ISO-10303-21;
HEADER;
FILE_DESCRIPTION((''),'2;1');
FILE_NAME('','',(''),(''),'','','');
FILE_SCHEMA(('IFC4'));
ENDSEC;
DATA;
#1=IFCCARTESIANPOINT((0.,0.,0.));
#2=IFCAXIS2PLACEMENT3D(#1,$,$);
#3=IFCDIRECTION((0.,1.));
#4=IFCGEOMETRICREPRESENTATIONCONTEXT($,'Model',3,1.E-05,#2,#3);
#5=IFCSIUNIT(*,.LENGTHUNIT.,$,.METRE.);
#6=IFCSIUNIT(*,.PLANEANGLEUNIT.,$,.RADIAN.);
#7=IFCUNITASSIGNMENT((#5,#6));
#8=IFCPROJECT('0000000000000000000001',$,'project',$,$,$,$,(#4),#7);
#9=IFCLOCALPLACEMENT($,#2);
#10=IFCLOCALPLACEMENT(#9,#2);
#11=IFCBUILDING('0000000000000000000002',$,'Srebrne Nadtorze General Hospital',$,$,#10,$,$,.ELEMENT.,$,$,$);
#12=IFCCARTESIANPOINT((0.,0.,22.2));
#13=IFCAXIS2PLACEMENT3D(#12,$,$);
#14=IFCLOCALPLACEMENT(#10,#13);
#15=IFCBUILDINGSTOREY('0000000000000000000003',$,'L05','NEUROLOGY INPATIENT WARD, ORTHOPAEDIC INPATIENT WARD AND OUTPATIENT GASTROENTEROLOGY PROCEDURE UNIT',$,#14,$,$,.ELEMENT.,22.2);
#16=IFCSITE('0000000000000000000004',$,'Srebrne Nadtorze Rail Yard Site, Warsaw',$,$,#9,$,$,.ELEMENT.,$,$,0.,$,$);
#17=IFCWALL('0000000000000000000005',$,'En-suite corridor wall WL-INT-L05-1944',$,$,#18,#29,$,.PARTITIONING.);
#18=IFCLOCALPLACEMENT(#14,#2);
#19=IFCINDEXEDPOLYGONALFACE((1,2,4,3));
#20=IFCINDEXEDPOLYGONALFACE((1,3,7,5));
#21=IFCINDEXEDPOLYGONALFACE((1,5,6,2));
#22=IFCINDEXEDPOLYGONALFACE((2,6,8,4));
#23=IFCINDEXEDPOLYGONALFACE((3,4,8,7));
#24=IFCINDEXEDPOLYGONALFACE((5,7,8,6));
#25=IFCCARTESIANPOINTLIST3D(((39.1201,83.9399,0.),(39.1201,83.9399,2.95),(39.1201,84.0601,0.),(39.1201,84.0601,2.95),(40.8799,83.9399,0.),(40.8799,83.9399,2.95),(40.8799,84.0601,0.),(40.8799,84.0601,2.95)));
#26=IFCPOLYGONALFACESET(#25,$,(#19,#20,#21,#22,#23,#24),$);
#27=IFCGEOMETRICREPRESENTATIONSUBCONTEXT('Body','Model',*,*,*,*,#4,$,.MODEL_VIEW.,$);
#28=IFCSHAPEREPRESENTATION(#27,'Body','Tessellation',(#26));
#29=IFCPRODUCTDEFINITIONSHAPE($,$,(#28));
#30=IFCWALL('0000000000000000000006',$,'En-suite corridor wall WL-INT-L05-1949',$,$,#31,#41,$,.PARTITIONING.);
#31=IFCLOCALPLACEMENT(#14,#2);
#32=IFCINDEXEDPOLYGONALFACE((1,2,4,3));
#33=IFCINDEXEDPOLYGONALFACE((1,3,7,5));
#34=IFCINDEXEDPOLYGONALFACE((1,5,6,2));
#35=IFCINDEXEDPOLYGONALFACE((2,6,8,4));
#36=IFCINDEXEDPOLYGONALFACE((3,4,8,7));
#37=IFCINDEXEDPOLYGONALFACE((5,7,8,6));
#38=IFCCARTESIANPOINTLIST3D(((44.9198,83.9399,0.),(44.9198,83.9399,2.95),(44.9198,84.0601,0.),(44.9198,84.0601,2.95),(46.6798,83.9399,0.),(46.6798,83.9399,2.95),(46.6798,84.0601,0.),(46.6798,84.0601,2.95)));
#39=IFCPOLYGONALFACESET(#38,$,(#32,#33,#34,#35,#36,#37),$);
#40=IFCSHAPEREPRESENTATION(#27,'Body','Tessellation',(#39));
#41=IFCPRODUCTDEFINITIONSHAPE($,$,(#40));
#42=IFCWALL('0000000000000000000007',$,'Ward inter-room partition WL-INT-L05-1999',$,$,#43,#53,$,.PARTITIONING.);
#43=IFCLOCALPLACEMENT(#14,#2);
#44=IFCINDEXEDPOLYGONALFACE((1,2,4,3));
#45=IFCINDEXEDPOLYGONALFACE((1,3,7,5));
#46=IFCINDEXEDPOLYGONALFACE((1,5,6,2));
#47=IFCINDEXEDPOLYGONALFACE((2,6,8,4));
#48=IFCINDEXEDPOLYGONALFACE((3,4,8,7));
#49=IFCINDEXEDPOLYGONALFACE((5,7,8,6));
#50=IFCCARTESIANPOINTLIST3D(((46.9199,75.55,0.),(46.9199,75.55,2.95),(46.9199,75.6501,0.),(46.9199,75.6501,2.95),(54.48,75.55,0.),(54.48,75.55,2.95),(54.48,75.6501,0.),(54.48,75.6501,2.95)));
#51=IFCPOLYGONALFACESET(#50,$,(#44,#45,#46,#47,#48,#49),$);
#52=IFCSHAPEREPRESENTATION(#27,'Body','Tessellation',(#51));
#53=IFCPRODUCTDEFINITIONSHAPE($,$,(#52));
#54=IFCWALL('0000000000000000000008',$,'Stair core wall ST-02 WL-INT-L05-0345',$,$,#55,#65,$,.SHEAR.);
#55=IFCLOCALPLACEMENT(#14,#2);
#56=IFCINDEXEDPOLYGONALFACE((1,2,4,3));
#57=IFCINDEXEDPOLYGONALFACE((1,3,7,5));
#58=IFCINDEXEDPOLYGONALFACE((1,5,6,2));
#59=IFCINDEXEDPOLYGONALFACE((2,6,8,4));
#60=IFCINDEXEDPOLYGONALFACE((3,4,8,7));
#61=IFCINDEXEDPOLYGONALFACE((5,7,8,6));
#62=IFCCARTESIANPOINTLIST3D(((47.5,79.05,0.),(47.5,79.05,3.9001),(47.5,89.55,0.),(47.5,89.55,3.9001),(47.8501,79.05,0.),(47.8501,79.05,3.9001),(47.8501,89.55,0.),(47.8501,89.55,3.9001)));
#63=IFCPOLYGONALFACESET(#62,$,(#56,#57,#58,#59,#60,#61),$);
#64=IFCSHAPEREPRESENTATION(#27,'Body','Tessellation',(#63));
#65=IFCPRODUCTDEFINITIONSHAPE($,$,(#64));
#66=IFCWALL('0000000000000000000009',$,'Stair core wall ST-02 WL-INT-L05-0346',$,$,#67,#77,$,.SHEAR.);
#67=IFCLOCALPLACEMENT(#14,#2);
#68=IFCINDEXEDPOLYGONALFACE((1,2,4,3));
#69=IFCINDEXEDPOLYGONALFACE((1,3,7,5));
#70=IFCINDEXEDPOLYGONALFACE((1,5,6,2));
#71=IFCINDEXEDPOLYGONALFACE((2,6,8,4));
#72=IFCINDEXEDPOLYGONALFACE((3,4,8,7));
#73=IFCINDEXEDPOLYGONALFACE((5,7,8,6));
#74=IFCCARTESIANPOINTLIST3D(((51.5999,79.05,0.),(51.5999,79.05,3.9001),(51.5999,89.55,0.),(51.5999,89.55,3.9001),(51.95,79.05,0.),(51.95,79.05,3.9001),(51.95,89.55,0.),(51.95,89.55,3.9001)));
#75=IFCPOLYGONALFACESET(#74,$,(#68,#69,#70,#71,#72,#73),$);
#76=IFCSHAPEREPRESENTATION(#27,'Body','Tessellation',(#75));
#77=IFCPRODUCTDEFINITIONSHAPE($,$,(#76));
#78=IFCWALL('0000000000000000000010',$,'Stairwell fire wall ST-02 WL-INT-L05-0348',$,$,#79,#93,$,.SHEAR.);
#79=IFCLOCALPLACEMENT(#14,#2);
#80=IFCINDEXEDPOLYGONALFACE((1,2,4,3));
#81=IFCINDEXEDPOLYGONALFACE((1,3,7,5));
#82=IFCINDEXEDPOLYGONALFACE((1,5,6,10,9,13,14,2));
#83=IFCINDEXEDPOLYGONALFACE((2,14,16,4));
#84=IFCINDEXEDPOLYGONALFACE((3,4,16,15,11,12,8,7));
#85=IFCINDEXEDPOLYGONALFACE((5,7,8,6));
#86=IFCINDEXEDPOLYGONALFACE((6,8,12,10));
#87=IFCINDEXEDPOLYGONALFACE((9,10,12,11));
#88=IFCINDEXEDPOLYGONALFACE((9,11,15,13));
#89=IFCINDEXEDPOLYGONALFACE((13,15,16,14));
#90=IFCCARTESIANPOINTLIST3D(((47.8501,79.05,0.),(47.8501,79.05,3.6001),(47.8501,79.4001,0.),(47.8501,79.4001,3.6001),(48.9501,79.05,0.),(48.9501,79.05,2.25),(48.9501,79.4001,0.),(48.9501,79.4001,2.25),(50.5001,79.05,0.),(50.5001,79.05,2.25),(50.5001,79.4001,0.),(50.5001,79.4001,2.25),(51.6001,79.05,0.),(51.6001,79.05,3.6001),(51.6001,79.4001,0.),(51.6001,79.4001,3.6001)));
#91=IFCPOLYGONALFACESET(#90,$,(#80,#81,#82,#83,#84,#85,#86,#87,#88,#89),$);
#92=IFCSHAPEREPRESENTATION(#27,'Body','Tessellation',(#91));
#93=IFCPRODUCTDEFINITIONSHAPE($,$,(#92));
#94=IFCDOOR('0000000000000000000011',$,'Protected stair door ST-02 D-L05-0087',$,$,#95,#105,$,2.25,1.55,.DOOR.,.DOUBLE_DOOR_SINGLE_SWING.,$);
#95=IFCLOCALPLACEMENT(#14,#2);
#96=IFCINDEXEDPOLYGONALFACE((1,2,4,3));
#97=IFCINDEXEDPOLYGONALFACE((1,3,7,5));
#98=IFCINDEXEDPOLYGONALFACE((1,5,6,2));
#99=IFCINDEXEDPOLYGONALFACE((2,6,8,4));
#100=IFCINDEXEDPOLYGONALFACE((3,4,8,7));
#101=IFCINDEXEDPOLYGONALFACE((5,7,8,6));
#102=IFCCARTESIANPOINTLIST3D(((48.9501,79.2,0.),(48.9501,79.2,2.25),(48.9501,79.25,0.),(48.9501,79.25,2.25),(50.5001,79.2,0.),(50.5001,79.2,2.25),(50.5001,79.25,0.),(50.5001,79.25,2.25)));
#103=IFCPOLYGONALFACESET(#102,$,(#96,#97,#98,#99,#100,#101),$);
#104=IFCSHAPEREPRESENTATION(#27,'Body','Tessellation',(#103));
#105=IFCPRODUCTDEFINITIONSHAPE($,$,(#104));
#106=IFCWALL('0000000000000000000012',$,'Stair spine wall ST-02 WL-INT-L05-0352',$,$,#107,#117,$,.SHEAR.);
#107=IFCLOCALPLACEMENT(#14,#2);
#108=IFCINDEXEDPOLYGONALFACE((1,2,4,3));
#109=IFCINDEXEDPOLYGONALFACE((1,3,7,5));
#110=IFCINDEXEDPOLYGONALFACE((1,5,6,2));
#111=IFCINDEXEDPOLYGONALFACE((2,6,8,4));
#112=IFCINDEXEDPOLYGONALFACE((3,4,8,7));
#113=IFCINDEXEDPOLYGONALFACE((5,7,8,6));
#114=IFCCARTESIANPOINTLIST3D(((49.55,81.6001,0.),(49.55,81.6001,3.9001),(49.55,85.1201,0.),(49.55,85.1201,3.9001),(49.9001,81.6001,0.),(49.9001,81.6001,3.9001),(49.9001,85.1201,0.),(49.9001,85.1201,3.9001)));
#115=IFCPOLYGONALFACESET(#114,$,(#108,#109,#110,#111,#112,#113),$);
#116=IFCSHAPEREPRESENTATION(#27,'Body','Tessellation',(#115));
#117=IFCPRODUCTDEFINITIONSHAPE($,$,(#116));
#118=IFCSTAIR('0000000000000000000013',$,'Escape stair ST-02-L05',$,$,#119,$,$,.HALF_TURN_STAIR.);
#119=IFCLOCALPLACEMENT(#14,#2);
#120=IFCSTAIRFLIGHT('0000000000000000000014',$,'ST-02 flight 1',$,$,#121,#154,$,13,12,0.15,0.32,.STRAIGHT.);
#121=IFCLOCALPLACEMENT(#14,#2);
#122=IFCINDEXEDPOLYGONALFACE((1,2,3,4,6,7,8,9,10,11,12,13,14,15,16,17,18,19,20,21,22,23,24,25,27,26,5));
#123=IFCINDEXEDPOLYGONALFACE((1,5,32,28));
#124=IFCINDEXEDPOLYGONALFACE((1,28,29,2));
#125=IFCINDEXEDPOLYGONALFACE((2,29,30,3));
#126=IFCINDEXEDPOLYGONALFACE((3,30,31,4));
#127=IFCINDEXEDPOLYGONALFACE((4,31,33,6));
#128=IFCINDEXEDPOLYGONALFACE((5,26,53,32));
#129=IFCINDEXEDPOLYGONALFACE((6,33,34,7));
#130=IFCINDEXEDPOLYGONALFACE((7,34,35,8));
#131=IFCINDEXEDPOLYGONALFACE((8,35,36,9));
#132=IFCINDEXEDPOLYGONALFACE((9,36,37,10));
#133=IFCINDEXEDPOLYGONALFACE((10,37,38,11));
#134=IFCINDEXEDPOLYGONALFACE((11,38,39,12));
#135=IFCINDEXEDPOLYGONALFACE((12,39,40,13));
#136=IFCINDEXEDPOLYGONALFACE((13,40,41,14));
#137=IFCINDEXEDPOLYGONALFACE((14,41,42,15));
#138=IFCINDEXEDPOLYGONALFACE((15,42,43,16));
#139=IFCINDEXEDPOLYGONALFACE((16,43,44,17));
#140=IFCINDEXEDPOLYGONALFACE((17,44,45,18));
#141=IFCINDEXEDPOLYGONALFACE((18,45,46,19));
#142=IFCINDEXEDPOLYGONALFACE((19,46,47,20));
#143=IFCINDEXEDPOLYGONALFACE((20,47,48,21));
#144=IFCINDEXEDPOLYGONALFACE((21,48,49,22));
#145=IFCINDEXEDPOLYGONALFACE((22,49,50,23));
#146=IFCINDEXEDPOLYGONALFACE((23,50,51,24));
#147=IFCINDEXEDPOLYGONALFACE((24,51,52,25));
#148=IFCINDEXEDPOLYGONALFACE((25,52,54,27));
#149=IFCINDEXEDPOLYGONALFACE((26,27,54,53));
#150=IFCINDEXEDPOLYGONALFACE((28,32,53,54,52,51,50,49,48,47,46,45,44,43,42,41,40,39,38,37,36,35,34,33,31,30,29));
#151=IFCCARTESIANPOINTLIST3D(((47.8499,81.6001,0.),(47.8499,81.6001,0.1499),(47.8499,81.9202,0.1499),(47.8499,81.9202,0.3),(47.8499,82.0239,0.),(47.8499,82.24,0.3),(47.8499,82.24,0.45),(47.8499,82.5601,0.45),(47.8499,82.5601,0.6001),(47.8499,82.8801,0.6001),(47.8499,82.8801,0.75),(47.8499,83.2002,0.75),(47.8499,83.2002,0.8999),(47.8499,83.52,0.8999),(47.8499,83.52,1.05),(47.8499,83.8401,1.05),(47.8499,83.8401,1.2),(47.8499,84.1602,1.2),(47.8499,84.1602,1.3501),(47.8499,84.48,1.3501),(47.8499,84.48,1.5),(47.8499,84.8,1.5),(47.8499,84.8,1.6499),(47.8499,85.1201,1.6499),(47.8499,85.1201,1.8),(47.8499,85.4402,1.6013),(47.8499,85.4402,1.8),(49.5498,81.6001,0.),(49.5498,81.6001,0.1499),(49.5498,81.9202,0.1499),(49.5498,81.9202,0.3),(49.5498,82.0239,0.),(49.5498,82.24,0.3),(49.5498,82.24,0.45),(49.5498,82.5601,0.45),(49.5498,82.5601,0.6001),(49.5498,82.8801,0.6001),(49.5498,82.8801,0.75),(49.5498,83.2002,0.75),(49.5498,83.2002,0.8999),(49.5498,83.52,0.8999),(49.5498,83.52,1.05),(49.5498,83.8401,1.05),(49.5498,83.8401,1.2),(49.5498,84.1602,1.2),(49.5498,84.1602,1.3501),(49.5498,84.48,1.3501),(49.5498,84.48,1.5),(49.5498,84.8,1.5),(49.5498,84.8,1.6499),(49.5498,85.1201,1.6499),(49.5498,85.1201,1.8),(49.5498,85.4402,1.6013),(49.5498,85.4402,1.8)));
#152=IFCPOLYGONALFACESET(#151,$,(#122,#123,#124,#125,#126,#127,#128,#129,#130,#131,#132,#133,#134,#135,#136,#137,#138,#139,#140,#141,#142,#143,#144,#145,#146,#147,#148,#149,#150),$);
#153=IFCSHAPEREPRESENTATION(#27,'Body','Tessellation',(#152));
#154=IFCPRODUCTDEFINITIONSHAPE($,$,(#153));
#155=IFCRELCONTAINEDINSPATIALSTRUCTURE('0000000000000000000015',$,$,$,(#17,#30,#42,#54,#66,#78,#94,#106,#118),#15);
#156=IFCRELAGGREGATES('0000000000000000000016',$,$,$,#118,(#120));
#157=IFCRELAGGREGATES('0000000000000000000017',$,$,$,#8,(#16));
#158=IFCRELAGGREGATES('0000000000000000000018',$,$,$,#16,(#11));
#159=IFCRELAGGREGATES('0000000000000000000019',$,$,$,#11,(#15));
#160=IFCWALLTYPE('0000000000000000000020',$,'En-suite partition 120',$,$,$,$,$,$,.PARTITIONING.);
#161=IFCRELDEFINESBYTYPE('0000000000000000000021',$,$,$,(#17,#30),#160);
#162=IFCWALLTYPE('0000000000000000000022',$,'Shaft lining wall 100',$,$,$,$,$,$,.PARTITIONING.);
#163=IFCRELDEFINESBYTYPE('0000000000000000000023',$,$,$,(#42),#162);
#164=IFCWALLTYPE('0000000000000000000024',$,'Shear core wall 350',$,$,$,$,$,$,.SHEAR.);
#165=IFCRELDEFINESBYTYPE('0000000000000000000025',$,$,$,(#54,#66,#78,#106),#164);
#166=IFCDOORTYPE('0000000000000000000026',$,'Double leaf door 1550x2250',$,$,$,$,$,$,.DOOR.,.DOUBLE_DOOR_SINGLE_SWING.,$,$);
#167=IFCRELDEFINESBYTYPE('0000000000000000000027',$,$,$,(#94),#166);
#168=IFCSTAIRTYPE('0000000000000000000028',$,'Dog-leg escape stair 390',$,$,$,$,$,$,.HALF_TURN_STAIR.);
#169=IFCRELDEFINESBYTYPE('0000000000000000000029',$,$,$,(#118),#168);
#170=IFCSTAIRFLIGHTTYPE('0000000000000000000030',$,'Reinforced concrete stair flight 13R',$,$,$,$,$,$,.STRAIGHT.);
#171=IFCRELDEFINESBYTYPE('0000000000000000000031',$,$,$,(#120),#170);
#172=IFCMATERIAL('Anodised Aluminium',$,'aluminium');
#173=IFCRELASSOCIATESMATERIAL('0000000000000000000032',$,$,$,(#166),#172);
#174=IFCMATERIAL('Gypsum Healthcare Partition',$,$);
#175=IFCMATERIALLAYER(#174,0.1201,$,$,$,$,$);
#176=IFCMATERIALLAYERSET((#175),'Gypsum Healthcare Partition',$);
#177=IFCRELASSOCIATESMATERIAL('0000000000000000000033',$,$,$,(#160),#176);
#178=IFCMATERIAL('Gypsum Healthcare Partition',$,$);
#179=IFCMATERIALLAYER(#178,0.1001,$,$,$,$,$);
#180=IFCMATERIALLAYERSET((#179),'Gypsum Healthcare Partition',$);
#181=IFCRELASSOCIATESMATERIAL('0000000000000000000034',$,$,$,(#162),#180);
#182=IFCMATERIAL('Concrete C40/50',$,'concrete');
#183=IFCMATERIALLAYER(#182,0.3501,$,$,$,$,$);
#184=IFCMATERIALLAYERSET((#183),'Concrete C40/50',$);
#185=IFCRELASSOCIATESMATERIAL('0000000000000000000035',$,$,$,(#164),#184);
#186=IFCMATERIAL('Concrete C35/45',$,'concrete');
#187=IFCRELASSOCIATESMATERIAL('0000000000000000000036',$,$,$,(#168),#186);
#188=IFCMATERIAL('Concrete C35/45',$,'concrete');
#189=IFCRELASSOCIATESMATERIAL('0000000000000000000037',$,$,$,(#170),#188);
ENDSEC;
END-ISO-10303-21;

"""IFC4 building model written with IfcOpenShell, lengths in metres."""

from ifc_helpers import new_model, si_unit, direction, frame, frame_2d, origin, place, context, subcontext, project, spatial, polyline, rectangle, outline, extrude, material, layer, layer_set, type_object, element, fill, aggregate, save


model = new_model("IFC4")

# Units and contexts
model_context = context("Model", 3, precision=1e-05, world=origin(), true_north=direction((0.0, 1.0)))
body_context = subcontext(model_context, "Body", "Model", "MODEL_VIEW")
ifc_project = project(units=[si_unit("LENGTHUNIT", "METRE"), si_unit("PLANEANGLEUNIT", "RADIAN")], contexts=[model_context])

# Site, building, storey
site_placement = place(None, origin())
site = spatial("IfcSite", under=ifc_project, at=site_placement, Name="Srebrne Nadtorze Rail Yard Site, Warsaw", CompositionType="ELEMENT", RefElevation=0.0)
building_placement = place(site_placement, origin())
building = spatial("IfcBuilding", under=site, at=building_placement, Name="Srebrne Nadtorze General Hospital", CompositionType="ELEMENT")
storey_placement = place(building_placement, frame((0.0, 0.0, 22.2)))
storey = spatial("IfcBuildingStorey", under=building, at=storey_placement, Name="L05", Description="NEUROLOGY INPATIENT WARD, ORTHOPAEDIC INPATIENT WARD AND OUTPATIENT GASTROENTEROLOGY PROCEDURE UNIT", CompositionType="ELEMENT", Elevation=22.2)

# Shared definitions
ifc_material_1 = material(Name="Anodised Aluminium", Category="aluminium")
door_type_1 = type_object("IfcDoorType", Name="Double leaf door 1550x2250", OperationType="DOUBLE_DOOR_SINGLE_SWING", PredefinedType="DOOR", material=ifc_material_1)

# Walls
ifc_material_2 = material(Name="Gypsum Healthcare Partition")
ifc_layer_1 = layer(ifc_material_2, 0.1201)
ifc_layer_set_1 = layer_set([ifc_layer_1], Name="Gypsum Healthcare Partition")
wall_type_1 = type_object("IfcWallType", Name="En-suite partition 120", PredefinedType="PARTITIONING", material=ifc_layer_set_1)
wall_1_placement = place(storey_placement, frame((39.1201, 84.0, 0.0), z_axis=(0.0, 0.0, 1.0), x_axis=(1.0, 0.0, 0.0)))
element("IfcWall", 1, at=wall_1_placement, inside=storey, type_object=wall_type_1, Name="En-suite corridor wall WL-INT-L05-1944", PredefinedType="PARTITIONING", context=body_context, shape_type="SweptSolid", body=[
    extrude(rectangle(XDim=1.7598, YDim=0.1201, at=frame_2d((0.8799, 0.0))), origin(), (0.0, 0.0, 1.0), 2.95),
])
wall_2_placement = place(storey_placement, frame((44.9199, 84.0, 0.0), z_axis=(0.0, 0.0, 1.0), x_axis=(1.0, 0.0, 0.0)))
element("IfcWall", 2, at=wall_2_placement, inside=storey, type_object=wall_type_1, Name="En-suite corridor wall WL-INT-L05-1949", PredefinedType="PARTITIONING", context=body_context, shape_type="SweptSolid", body=[
    extrude(rectangle(XDim=1.76, YDim=0.1201, at=frame_2d((0.8799, 0.0))), origin(), (0.0, 0.0, 1.0), 2.95),
])
ifc_material_3 = material(Name="Gypsum Healthcare Partition")
ifc_layer_2 = layer(ifc_material_3, 0.1001)
ifc_layer_set_2 = layer_set([ifc_layer_2], Name="Gypsum Healthcare Partition")
wall_type_2 = type_object("IfcWallType", Name="Shaft lining wall 100", PredefinedType="PARTITIONING", material=ifc_layer_set_2)
wall_3_placement = place(storey_placement, frame((46.9199, 75.6001, 0.0), z_axis=(0.0, 0.0, 1.0), x_axis=(1.0, 0.0, 0.0)))
element("IfcWall", 3, at=wall_3_placement, inside=storey, type_object=wall_type_2, Name="Ward inter-room partition WL-INT-L05-1999", PredefinedType="PARTITIONING", context=body_context, shape_type="SweptSolid", body=[
    extrude(rectangle(XDim=7.5601, YDim=0.1001, at=frame_2d((3.78, 0.0))), origin(), (0.0, 0.0, 1.0), 2.95),
])
ifc_material_4 = material(Name="Concrete C40/50", Category="concrete")
ifc_layer_3 = layer(ifc_material_4, 0.3501)
ifc_layer_set_3 = layer_set([ifc_layer_3], Name="Concrete C40/50")
wall_type_3 = type_object("IfcWallType", Name="Shear core wall 350", PredefinedType="SHEAR", material=ifc_layer_set_3)
for number, where, z_axis, x_axis, name in (
    (4, (47.675, 79.05, 0.0), (0.0, 0.0, 1.0), (0.0, 1.0, 0.0), "Stair core wall ST-02 WL-INT-L05-0345"),
    (5, (51.7749, 79.05, 0.0), (0.0, 0.0, 1.0), (0.0, 1.0, 0.0), "Stair core wall ST-02 WL-INT-L05-0346"),
):
    element("IfcWall", number, at=place(storey_placement, frame(where, z_axis=z_axis, x_axis=x_axis)), inside=storey, type_object=wall_type_3, Name=name, PredefinedType="SHEAR", context=body_context, shape_type="SweptSolid", body=[
        extrude(rectangle(XDim=10.5, YDim=0.3501, at=frame_2d((5.25, 0.0))), origin(), (0.0, 0.0, 1.0), 3.9001),
    ])

# Wall, opening, door
wall_4_placement = place(storey_placement, frame((47.8501, 79.2251, 0.0), z_axis=(0.0, 0.0, 1.0), x_axis=(1.0, 0.0, 0.0)))
wall_4 = element("IfcWall", 6, at=wall_4_placement, inside=storey, type_object=wall_type_3, Name="Stairwell fire wall ST-02 WL-INT-L05-0348", PredefinedType="SHEAR", context=body_context, shape_type="SweptSolid", body=[
    extrude(rectangle(XDim=3.75, YDim=0.3501, at=frame_2d((1.875, 0.0))), origin(), (0.0, 0.0, 1.0), 3.6001),
])
opening_1_placement = place(wall_4_placement, frame((1.1001, 0.0, 0.0)))
opening_1 = element("IfcOpeningElement", 7, at=opening_1_placement, cuts=wall_4, PredefinedType="OPENING", context=body_context, shape_type="SweptSolid", body=[
    extrude(rectangle(XDim=1.55, YDim=2.25, at=frame_2d((0.7749, 1.125))), frame((0.0, 0.187, 0.0), z_axis=(0.0, -1.0, 0.0), x_axis=(1.0, 0.0, 0.0)), (0.0, 0.0, 1.0), 0.374),
])
door_1_placement = place(opening_1_placement, origin())
door_1 = element("IfcDoor", 8, at=door_1_placement, inside=storey, type_object=door_type_1, Name="Protected stair door ST-02 D-L05-0087", OperationType="DOUBLE_DOOR_SINGLE_SWING", OverallHeight=2.25, OverallWidth=1.55, PredefinedType="DOOR", context=body_context, shape_type="SweptSolid", body=[
    extrude(rectangle(XDim=1.55, YDim=2.25, at=frame_2d((0.7749, 1.125))), frame((0.0, 0.0249, 0.0), z_axis=(0.0, -1.0, 0.0), x_axis=(1.0, 0.0, 0.0)), (0.0, 0.0, 1.0), 0.05),
])
fill(opening_1, door_1)

# Wall
wall_5_placement = place(storey_placement, frame((49.7251, 81.6001, 0.0), z_axis=(0.0, 0.0, 1.0), x_axis=(0.0, 1.0, 0.0)))
element("IfcWall", 9, at=wall_5_placement, inside=storey, type_object=wall_type_3, Name="Stair spine wall ST-02 WL-INT-L05-0352", PredefinedType="SHEAR", context=body_context, shape_type="SweptSolid", body=[
    extrude(rectangle(XDim=3.52, YDim=0.3501, at=frame_2d((1.76, 0.0))), origin(), (0.0, 0.0, 1.0), 3.9001),
])

# Stair, stair flight
ifc_material_5 = material(Name="Concrete C35/45", Category="concrete")
stair_type = type_object("IfcStairType", Name="Dog-leg escape stair 390", PredefinedType="HALF_TURN_STAIR", material=ifc_material_5)
stair_placement = place(storey_placement, origin())
stair = element("IfcStair", 10, at=stair_placement, inside=storey, type_object=stair_type, Name="Escape stair ST-02-L05", PredefinedType="HALF_TURN_STAIR")
ifc_material_6 = material(Name="Concrete C35/45", Category="concrete")
stair_flight_type = type_object("IfcStairFlightType", Name="Reinforced concrete stair flight 13R", PredefinedType="STRAIGHT", material=ifc_material_6)
stair_flight_placement = place(storey_placement, frame((48.7, 81.6001, 0.0), z_axis=(0.0, 0.0, 1.0), x_axis=(0.0, 1.0, 0.0)))
stair_flight = element("IfcStairFlight", 11, at=stair_flight_placement, type_object=stair_flight_type, Name="ST-02 flight 1", NumberOfRisers=13, NumberOfTreads=12, PredefinedType="STRAIGHT", RiserHeight=0.15, TreadLength=0.32, context=body_context, shape_type="SweptSolid", body=[
    extrude(outline(polyline([(0.0, 0.0), (0.0, 0.1499), (0.3201, 0.1499), (0.3201, 0.3), (0.6399, 0.3), (0.6399, 0.45), (0.96, 0.45), (0.96, 0.6001), (1.28, 0.6001), (1.28, 0.75), (1.6001, 0.75), (1.6001, 0.8999), (1.9199, 0.8999), (1.9199, 1.05), (2.24, 1.05), (2.24, 1.2), (2.5601, 1.2), (2.5601, 1.3501), (2.8799, 1.3501), (2.8799, 1.5), (3.2, 1.5), (3.2, 1.6499), (3.52, 1.6499), (3.52, 1.8), (3.8401, 1.8), (3.8401, 1.95), (3.8401, 1.6013), (0.4238, 0.0), (0.0, 0.0)])), frame((0.0, 0.8501, 0.0), z_axis=(0.0, -1.0, 0.0), x_axis=(1.0, 0.0, 0.0)), (0.0, 0.0, 1.0), 1.7),
])
aggregate(stair, [stair_flight])

save(model, "model.ifc")
